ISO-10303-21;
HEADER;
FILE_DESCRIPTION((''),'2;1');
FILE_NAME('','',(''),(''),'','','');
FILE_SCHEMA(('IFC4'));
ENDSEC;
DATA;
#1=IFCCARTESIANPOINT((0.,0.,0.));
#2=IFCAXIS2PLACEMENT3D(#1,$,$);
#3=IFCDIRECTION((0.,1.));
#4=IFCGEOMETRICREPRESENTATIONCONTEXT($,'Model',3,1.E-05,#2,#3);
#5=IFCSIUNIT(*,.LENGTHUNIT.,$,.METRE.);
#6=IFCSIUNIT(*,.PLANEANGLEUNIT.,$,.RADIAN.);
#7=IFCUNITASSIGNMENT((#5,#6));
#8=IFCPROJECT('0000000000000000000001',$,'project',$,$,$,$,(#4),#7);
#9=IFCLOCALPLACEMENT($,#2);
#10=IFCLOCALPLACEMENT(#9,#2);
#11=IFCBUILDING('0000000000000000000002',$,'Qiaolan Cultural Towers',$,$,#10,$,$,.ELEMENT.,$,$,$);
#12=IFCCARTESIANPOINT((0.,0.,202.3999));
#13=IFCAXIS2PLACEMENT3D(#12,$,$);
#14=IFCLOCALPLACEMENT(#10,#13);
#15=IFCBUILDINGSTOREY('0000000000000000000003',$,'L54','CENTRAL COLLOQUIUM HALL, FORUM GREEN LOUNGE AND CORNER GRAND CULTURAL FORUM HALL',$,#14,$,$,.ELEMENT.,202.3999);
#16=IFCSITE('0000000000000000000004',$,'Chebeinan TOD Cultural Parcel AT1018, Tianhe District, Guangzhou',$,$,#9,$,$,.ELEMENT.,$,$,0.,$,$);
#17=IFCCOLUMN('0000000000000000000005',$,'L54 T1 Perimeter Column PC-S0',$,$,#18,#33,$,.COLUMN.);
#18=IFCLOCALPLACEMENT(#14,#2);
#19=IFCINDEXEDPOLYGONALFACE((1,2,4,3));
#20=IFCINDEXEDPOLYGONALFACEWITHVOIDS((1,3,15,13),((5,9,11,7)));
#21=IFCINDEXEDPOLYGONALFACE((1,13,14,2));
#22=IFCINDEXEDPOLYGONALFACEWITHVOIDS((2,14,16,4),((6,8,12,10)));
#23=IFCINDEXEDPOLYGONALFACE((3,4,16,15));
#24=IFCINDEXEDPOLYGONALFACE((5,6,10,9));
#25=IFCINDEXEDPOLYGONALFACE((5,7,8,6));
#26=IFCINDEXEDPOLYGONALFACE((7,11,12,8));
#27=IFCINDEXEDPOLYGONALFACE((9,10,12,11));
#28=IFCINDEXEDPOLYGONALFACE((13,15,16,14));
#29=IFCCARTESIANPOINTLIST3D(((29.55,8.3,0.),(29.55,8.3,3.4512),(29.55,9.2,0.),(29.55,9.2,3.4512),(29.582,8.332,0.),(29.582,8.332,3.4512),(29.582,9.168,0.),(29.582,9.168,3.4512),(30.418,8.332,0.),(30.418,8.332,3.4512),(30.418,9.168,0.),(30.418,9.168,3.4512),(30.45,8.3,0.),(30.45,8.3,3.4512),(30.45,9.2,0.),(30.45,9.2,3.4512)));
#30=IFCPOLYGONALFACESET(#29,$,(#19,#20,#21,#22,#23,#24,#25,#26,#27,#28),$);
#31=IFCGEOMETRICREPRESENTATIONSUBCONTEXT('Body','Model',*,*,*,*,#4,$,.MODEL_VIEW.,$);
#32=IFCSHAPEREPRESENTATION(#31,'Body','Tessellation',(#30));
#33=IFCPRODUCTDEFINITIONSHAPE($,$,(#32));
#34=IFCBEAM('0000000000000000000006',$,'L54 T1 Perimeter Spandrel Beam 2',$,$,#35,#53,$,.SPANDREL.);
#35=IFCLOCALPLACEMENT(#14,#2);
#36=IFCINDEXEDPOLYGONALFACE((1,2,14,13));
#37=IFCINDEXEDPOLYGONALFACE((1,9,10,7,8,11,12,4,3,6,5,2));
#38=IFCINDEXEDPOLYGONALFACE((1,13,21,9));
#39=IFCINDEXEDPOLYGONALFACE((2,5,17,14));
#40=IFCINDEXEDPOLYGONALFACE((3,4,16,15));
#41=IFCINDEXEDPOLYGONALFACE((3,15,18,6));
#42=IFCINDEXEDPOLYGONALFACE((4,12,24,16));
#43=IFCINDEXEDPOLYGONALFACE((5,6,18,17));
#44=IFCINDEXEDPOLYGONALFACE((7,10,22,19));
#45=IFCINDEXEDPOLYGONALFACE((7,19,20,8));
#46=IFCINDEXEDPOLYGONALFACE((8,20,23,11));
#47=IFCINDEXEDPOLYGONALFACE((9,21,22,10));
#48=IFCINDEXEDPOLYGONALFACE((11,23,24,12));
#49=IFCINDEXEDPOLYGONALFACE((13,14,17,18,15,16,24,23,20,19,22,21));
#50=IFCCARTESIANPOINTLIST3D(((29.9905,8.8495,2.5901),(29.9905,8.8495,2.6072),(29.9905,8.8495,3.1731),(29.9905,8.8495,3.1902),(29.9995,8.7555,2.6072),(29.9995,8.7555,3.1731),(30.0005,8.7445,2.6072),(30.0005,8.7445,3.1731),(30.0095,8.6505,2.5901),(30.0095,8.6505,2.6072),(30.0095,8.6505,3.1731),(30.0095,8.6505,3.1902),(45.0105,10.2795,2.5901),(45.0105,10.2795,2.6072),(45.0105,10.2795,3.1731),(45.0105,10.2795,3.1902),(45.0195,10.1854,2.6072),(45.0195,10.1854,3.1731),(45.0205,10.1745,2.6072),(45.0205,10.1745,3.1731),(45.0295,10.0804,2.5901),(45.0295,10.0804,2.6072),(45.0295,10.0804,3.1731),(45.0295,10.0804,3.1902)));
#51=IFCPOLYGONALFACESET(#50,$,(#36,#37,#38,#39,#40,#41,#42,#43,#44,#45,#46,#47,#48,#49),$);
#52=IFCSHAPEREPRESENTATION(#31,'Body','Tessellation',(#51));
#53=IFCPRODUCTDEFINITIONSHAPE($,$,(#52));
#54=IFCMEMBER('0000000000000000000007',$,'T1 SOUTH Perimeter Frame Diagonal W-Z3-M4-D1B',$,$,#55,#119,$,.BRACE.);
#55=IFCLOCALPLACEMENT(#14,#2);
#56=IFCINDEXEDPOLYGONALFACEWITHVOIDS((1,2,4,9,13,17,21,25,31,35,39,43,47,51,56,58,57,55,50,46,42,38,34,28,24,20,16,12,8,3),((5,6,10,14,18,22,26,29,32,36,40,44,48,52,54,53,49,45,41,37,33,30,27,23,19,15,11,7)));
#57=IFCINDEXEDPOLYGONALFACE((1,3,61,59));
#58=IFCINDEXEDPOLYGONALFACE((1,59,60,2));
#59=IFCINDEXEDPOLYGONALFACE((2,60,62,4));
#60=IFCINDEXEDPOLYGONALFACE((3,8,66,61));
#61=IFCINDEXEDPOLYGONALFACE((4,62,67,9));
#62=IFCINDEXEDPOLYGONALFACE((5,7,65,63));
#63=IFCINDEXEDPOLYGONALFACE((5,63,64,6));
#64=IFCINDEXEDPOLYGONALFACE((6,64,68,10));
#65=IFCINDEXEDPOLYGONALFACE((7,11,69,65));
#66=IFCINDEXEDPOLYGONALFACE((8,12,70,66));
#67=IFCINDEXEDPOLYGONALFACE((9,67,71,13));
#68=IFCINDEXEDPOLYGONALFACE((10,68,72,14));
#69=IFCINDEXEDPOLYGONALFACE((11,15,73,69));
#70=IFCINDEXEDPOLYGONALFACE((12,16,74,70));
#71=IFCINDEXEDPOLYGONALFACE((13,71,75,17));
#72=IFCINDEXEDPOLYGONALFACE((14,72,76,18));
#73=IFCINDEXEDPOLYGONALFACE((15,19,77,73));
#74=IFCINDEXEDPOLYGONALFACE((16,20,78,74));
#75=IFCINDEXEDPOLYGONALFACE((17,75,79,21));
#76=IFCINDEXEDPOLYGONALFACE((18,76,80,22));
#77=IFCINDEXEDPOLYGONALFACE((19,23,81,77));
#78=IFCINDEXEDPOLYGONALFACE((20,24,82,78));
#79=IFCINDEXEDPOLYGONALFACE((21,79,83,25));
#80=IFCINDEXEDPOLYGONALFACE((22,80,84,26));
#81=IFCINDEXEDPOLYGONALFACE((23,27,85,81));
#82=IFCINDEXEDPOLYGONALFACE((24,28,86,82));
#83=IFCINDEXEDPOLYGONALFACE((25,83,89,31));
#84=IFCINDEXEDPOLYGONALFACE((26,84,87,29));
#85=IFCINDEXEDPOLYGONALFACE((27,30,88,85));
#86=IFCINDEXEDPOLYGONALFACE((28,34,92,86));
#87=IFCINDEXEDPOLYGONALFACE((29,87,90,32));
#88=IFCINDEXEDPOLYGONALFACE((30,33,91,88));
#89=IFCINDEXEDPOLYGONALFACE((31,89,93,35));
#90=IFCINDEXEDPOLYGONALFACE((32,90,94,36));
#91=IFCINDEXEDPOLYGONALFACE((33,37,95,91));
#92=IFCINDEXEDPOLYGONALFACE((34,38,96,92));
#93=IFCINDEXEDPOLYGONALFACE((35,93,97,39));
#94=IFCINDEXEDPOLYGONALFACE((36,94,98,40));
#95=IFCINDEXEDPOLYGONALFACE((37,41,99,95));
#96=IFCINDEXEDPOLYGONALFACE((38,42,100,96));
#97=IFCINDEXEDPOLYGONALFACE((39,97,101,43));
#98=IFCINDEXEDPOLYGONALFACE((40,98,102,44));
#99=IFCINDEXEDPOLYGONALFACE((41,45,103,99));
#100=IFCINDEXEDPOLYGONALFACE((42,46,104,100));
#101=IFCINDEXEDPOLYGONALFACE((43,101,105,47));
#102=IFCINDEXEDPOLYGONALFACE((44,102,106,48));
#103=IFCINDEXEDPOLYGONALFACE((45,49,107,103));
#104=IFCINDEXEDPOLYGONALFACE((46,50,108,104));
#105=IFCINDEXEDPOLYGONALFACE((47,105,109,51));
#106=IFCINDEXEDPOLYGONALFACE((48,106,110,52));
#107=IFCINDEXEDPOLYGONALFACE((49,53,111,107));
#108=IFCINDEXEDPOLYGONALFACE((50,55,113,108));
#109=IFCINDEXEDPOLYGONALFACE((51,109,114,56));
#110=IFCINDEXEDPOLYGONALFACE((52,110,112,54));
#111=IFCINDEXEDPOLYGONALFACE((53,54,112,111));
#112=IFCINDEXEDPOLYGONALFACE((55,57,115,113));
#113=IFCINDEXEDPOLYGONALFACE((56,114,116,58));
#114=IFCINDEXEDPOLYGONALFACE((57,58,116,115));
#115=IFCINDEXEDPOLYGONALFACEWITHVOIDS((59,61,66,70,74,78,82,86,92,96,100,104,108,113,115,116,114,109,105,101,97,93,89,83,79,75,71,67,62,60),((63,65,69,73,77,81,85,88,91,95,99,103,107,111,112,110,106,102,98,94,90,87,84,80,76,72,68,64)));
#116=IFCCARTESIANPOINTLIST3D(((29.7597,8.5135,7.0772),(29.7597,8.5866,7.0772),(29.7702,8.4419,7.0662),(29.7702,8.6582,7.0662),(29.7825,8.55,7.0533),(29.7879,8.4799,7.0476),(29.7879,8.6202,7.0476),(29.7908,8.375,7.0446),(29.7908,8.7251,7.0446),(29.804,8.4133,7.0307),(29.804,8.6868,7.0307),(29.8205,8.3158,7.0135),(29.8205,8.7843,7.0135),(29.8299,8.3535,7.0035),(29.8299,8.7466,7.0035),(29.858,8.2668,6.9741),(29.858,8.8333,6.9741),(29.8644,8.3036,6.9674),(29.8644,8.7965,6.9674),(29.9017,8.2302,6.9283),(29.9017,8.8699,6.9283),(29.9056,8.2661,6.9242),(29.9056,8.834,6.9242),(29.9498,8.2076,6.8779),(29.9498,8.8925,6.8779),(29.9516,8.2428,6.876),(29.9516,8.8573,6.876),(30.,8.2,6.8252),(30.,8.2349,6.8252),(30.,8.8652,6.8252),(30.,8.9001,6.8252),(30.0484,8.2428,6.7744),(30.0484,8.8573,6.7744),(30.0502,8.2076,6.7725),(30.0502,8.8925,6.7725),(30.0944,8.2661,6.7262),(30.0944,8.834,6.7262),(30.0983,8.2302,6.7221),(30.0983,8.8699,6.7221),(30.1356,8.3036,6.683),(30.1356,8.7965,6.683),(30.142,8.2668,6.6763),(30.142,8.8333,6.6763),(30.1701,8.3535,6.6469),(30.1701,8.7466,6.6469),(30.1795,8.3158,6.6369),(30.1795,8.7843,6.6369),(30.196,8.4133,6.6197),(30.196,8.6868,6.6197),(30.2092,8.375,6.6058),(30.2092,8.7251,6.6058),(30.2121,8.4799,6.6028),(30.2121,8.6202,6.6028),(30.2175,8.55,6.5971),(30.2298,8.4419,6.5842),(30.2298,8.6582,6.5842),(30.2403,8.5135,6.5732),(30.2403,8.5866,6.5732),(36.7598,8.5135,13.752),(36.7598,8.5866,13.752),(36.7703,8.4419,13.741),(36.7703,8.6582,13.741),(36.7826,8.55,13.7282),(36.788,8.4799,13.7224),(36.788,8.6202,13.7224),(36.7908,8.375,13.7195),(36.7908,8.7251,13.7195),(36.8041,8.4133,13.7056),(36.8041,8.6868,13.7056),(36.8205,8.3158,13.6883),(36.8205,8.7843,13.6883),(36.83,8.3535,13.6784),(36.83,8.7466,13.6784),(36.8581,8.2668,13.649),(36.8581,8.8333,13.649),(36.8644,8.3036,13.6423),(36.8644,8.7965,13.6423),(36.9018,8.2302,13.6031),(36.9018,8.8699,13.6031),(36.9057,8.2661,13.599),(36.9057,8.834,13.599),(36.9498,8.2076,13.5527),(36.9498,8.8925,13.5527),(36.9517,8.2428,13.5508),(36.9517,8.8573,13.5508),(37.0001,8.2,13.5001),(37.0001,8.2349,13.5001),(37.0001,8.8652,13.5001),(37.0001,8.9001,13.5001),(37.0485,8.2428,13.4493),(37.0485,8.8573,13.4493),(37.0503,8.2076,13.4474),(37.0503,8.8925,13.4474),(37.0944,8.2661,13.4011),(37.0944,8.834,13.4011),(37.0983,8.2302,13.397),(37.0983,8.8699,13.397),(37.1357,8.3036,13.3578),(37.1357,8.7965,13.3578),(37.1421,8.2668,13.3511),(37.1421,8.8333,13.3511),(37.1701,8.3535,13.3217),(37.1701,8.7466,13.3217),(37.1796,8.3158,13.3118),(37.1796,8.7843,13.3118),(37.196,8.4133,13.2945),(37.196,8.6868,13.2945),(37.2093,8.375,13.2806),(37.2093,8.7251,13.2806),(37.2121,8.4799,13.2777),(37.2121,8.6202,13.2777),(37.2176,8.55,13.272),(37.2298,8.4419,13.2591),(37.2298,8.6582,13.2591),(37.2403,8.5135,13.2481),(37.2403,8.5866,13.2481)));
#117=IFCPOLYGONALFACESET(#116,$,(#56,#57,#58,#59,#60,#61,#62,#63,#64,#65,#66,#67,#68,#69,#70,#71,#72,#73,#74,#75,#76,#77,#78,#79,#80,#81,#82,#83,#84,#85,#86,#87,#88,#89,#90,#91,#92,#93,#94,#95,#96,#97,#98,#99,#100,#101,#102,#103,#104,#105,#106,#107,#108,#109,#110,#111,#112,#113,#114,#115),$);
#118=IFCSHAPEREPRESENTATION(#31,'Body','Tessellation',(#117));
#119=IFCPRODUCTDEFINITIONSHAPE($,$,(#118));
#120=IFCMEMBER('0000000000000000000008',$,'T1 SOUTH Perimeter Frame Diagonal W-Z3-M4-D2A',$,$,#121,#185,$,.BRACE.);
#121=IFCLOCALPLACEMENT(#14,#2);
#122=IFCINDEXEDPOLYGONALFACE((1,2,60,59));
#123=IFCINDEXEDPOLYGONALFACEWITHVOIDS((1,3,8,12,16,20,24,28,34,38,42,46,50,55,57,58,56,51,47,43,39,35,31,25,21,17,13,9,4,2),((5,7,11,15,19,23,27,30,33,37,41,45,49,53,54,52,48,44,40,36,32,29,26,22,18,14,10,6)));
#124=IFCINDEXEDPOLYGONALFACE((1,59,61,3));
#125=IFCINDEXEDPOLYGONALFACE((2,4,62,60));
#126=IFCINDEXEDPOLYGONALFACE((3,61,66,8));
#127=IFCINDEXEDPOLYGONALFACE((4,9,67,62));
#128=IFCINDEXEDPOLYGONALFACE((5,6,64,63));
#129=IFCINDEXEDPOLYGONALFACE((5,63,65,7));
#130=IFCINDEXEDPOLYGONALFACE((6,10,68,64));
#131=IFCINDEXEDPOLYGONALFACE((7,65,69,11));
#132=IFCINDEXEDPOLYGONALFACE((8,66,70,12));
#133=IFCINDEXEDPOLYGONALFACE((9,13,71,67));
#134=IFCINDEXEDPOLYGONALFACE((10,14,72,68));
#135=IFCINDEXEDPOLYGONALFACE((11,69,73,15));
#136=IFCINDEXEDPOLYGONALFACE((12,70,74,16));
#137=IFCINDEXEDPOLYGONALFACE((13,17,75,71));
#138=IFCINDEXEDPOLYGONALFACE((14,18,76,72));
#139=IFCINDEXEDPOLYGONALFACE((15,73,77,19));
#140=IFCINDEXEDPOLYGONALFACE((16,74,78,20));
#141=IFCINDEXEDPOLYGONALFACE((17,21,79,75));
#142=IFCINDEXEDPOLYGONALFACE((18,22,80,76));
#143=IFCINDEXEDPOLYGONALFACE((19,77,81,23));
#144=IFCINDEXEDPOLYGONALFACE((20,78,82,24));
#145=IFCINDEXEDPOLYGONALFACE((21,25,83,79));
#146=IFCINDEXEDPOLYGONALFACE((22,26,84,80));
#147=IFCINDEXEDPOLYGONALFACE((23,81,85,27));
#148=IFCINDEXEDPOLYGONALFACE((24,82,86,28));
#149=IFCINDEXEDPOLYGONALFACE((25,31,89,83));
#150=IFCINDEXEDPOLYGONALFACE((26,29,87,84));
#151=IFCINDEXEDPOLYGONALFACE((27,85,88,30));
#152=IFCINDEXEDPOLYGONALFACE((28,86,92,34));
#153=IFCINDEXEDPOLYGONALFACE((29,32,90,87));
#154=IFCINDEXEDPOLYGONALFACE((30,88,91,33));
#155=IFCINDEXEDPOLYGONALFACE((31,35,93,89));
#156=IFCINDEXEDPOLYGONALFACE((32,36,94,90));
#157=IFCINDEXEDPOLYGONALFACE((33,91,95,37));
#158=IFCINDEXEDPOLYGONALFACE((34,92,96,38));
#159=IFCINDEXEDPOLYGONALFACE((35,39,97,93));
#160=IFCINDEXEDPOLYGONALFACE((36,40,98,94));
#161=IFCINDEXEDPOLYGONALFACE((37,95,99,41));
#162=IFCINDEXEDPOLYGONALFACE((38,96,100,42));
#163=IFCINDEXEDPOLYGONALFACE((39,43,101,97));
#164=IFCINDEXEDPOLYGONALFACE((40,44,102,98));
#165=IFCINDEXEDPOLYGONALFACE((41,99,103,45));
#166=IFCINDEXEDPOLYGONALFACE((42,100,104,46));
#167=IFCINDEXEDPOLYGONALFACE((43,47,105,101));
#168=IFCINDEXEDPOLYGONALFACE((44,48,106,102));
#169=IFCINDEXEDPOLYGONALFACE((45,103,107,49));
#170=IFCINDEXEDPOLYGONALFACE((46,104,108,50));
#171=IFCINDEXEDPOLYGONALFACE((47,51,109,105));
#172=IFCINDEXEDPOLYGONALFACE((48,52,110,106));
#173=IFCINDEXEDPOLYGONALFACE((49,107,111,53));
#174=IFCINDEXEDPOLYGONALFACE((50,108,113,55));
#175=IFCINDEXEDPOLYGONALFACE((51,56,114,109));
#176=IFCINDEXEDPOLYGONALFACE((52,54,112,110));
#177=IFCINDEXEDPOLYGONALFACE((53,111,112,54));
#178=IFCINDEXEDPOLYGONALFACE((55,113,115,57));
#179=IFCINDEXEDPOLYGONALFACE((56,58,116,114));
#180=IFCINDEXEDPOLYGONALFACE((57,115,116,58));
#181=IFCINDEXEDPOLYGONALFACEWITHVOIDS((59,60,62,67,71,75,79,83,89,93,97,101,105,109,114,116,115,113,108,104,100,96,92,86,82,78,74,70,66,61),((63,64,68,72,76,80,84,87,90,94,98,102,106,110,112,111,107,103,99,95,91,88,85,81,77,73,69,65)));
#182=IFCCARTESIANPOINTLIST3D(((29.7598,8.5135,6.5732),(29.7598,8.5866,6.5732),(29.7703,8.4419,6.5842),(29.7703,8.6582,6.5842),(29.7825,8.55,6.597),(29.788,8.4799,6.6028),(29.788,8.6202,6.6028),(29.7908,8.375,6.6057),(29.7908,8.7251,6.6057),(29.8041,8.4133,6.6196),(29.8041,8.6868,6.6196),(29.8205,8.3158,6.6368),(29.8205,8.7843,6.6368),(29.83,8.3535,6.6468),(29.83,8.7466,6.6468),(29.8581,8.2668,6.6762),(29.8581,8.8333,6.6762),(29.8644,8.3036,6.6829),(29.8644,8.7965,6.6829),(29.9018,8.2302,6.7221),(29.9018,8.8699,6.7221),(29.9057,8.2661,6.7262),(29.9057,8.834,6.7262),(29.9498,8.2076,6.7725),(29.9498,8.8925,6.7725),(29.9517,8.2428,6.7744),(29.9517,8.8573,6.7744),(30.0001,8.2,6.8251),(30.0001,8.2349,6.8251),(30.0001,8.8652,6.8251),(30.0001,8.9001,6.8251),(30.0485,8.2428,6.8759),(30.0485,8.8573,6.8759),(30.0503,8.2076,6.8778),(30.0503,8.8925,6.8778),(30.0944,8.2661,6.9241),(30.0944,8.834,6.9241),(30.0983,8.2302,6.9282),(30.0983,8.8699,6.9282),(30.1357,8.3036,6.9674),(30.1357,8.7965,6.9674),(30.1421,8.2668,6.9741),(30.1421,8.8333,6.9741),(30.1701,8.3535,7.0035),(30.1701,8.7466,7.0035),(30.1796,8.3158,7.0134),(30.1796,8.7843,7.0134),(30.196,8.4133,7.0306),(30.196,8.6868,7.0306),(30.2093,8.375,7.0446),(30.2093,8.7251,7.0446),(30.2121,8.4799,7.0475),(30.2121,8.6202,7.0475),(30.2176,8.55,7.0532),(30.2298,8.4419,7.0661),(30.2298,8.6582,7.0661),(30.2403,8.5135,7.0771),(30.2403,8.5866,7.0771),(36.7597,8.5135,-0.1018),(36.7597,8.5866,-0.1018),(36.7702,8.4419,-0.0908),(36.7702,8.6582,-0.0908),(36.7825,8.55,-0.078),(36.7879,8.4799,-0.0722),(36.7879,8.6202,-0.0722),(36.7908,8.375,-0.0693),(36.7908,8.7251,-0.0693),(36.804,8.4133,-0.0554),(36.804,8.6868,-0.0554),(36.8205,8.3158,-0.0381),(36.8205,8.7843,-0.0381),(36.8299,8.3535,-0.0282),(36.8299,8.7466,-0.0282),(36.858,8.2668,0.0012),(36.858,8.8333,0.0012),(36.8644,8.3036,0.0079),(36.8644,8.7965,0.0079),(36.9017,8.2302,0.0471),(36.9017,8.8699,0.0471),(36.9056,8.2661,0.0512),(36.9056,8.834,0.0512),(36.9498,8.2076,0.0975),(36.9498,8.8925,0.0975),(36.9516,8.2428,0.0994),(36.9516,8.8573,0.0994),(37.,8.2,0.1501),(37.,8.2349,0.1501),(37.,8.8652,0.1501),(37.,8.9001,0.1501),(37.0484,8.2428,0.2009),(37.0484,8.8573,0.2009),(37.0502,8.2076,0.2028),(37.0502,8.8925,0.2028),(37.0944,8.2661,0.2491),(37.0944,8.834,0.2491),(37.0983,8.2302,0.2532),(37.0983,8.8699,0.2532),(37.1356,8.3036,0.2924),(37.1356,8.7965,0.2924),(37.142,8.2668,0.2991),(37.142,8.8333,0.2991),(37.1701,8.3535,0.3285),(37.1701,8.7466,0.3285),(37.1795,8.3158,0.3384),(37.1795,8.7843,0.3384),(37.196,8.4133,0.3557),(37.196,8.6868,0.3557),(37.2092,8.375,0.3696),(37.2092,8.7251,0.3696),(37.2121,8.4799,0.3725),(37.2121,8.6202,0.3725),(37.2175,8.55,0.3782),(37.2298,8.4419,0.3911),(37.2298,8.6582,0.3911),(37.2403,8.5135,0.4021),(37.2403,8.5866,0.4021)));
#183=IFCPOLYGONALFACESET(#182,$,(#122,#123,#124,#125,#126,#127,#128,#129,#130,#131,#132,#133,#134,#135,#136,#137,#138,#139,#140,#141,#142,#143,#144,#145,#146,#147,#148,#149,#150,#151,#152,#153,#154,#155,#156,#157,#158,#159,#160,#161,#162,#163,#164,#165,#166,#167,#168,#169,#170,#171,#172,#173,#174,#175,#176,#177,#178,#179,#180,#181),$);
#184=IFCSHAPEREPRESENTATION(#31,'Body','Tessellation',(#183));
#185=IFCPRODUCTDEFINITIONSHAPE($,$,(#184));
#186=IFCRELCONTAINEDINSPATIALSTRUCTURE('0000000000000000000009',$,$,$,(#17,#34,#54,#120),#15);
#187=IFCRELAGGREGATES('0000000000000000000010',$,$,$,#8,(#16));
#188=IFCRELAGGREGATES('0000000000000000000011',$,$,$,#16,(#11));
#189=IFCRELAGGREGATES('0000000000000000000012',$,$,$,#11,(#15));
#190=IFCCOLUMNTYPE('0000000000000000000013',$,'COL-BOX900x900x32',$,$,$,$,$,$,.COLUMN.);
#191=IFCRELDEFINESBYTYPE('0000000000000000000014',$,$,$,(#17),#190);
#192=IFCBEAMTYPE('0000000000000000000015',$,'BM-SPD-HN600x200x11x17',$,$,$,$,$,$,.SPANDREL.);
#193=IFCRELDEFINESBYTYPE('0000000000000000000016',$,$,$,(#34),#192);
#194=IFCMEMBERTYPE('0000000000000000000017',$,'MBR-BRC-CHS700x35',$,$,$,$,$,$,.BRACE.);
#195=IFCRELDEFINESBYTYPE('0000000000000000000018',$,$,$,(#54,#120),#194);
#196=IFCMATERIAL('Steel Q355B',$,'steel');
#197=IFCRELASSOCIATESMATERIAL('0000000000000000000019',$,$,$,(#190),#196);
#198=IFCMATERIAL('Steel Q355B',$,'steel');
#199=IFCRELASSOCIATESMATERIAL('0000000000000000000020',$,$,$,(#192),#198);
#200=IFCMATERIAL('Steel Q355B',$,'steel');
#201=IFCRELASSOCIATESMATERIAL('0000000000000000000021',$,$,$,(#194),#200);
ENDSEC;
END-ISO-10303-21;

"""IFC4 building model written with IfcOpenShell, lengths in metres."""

from ifc_helpers import new_model, si_unit, direction, frame, origin, origin_2d, place, context, subcontext, project, spatial, hollow_rectangle, hollow_circle, i_section, extrude, material, material_profile, profile_set, type_object, element, save


model = new_model("IFC4")

# Units and contexts
model_context = context("Model", 3, precision=1e-05, world=origin(), true_north=direction((0.0, 1.0)))
body_context = subcontext(model_context, "Body", "Model", "MODEL_VIEW")
ifc_project = project(units=[si_unit("LENGTHUNIT", "METRE"), si_unit("PLANEANGLEUNIT", "RADIAN")], contexts=[model_context])

# Site, building, storey
site_placement = place(None, origin())
site = spatial("IfcSite", under=ifc_project, at=site_placement, Name="Chebeinan TOD Cultural Parcel AT1018, Tianhe District, Guangzhou", CompositionType="ELEMENT", RefElevation=0.0)
building_placement = place(site_placement, origin())
building = spatial("IfcBuilding", under=site, at=building_placement, Name="Qiaolan Cultural Towers", CompositionType="ELEMENT")
storey_placement = place(building_placement, frame((0.0, 0.0, 202.3999)))
storey = spatial("IfcBuildingStorey", under=building, at=storey_placement, Name="L54", Description="CENTRAL COLLOQUIUM HALL, FORUM GREEN LOUNGE AND CORNER GRAND CULTURAL FORUM HALL", CompositionType="ELEMENT", Elevation=202.3999)

# Column
ifc_material_1 = material(Name="Steel Q355B", Category="steel")
ifc_material_profile_1 = material_profile(ifc_material_1, hollow_rectangle(XDim=0.8999, YDim=0.8999, WallThickness=0.032, at=origin_2d()), Name="BOX900x900x32")
ifc_profile_set_1 = profile_set([ifc_material_profile_1], Name="Steel Q355B")
column_type = type_object("IfcColumnType", Name="COL-BOX900x900x32", PredefinedType="COLUMN", material=ifc_profile_set_1)
column_placement = place(storey_placement, frame((30.0, 8.75, 0.0), z_axis=(0.0, 0.0, 1.0), x_axis=(1.0, 0.0, 0.0)))
element("IfcColumn", 1, at=column_placement, inside=storey, type_object=column_type, Name="L54 T1 Perimeter Column PC-S0", PredefinedType="COLUMN", context=body_context, shape_type="SweptSolid", body=[
    extrude(hollow_rectangle(XDim=0.8999, YDim=0.8999, WallThickness=0.032, at=origin_2d()), origin(), (0.0, 0.0, 1.0), 3.4512),
])

# Beam
ifc_material_2 = material(Name="Steel Q355B", Category="steel")
ifc_material_profile_2 = material_profile(ifc_material_2, i_section(OverallWidth=0.2, OverallDepth=0.6001, WebThickness=0.011, FlangeThickness=0.0171, at=origin_2d()), Name="HN600x200x11x17")
ifc_profile_set_2 = profile_set([ifc_material_profile_2], Name="Steel Q355B")
beam_type = type_object("IfcBeamType", Name="BM-SPD-HN600x200x11x17", PredefinedType="SPANDREL", material=ifc_profile_set_2)
beam_placement = place(storey_placement, frame((30.0, 8.75, 2.8901), z_axis=(0.995499, 0.094773, 0.0), x_axis=(-0.094773, 0.995499, 0.0)))
element("IfcBeam", 2, at=beam_placement, inside=storey, type_object=beam_type, Name="L54 T1 Perimeter Spandrel Beam 2", PredefinedType="SPANDREL", context=body_context, shape_type="SweptSolid", body=[
    extrude(i_section(OverallWidth=0.2, OverallDepth=0.6001, WebThickness=0.011, FlangeThickness=0.0171, at=origin_2d()), origin(), (0.0, 0.0, 1.0), 15.0879),
])

# Members
ifc_material_3 = material(Name="Steel Q355B", Category="steel")
ifc_material_profile_3 = material_profile(ifc_material_3, hollow_circle(Radius=0.3501, WallThickness=0.0349, at=origin_2d()), Name="CHS700x35")
ifc_profile_set_3 = profile_set([ifc_material_profile_3], Name="Steel Q355B")
member_type = type_object("IfcMemberType", Name="MBR-BRC-CHS700x35", PredefinedType="BRACE", material=ifc_profile_set_3)
for number, where, z_axis, x_axis, name in (
    (3, (30.0, 8.55, 6.8252), (0.723718, 0.0, 0.690096), (0.0, 1.0, 0.0), "T1 SOUTH Perimeter Frame Diagonal W-Z3-M4-D1B"),
    (4, (37.0, 8.55, 0.1501), (-0.723705, 0.0, 0.690109), (0.0, -1.0, 0.0), "T1 SOUTH Perimeter Frame Diagonal W-Z3-M4-D2A"),
):
    element("IfcMember", number, at=place(storey_placement, frame(where, z_axis=z_axis, x_axis=x_axis)), inside=storey, type_object=member_type, Name=name, PredefinedType="BRACE", context=body_context, shape_type="SweptSolid", body=[
        extrude(hollow_circle(Radius=0.3501, WallThickness=0.0349, at=origin_2d()), origin(), (0.0, 0.0, 1.0), 9.6724),
    ])

save(model, "model.ifc")
